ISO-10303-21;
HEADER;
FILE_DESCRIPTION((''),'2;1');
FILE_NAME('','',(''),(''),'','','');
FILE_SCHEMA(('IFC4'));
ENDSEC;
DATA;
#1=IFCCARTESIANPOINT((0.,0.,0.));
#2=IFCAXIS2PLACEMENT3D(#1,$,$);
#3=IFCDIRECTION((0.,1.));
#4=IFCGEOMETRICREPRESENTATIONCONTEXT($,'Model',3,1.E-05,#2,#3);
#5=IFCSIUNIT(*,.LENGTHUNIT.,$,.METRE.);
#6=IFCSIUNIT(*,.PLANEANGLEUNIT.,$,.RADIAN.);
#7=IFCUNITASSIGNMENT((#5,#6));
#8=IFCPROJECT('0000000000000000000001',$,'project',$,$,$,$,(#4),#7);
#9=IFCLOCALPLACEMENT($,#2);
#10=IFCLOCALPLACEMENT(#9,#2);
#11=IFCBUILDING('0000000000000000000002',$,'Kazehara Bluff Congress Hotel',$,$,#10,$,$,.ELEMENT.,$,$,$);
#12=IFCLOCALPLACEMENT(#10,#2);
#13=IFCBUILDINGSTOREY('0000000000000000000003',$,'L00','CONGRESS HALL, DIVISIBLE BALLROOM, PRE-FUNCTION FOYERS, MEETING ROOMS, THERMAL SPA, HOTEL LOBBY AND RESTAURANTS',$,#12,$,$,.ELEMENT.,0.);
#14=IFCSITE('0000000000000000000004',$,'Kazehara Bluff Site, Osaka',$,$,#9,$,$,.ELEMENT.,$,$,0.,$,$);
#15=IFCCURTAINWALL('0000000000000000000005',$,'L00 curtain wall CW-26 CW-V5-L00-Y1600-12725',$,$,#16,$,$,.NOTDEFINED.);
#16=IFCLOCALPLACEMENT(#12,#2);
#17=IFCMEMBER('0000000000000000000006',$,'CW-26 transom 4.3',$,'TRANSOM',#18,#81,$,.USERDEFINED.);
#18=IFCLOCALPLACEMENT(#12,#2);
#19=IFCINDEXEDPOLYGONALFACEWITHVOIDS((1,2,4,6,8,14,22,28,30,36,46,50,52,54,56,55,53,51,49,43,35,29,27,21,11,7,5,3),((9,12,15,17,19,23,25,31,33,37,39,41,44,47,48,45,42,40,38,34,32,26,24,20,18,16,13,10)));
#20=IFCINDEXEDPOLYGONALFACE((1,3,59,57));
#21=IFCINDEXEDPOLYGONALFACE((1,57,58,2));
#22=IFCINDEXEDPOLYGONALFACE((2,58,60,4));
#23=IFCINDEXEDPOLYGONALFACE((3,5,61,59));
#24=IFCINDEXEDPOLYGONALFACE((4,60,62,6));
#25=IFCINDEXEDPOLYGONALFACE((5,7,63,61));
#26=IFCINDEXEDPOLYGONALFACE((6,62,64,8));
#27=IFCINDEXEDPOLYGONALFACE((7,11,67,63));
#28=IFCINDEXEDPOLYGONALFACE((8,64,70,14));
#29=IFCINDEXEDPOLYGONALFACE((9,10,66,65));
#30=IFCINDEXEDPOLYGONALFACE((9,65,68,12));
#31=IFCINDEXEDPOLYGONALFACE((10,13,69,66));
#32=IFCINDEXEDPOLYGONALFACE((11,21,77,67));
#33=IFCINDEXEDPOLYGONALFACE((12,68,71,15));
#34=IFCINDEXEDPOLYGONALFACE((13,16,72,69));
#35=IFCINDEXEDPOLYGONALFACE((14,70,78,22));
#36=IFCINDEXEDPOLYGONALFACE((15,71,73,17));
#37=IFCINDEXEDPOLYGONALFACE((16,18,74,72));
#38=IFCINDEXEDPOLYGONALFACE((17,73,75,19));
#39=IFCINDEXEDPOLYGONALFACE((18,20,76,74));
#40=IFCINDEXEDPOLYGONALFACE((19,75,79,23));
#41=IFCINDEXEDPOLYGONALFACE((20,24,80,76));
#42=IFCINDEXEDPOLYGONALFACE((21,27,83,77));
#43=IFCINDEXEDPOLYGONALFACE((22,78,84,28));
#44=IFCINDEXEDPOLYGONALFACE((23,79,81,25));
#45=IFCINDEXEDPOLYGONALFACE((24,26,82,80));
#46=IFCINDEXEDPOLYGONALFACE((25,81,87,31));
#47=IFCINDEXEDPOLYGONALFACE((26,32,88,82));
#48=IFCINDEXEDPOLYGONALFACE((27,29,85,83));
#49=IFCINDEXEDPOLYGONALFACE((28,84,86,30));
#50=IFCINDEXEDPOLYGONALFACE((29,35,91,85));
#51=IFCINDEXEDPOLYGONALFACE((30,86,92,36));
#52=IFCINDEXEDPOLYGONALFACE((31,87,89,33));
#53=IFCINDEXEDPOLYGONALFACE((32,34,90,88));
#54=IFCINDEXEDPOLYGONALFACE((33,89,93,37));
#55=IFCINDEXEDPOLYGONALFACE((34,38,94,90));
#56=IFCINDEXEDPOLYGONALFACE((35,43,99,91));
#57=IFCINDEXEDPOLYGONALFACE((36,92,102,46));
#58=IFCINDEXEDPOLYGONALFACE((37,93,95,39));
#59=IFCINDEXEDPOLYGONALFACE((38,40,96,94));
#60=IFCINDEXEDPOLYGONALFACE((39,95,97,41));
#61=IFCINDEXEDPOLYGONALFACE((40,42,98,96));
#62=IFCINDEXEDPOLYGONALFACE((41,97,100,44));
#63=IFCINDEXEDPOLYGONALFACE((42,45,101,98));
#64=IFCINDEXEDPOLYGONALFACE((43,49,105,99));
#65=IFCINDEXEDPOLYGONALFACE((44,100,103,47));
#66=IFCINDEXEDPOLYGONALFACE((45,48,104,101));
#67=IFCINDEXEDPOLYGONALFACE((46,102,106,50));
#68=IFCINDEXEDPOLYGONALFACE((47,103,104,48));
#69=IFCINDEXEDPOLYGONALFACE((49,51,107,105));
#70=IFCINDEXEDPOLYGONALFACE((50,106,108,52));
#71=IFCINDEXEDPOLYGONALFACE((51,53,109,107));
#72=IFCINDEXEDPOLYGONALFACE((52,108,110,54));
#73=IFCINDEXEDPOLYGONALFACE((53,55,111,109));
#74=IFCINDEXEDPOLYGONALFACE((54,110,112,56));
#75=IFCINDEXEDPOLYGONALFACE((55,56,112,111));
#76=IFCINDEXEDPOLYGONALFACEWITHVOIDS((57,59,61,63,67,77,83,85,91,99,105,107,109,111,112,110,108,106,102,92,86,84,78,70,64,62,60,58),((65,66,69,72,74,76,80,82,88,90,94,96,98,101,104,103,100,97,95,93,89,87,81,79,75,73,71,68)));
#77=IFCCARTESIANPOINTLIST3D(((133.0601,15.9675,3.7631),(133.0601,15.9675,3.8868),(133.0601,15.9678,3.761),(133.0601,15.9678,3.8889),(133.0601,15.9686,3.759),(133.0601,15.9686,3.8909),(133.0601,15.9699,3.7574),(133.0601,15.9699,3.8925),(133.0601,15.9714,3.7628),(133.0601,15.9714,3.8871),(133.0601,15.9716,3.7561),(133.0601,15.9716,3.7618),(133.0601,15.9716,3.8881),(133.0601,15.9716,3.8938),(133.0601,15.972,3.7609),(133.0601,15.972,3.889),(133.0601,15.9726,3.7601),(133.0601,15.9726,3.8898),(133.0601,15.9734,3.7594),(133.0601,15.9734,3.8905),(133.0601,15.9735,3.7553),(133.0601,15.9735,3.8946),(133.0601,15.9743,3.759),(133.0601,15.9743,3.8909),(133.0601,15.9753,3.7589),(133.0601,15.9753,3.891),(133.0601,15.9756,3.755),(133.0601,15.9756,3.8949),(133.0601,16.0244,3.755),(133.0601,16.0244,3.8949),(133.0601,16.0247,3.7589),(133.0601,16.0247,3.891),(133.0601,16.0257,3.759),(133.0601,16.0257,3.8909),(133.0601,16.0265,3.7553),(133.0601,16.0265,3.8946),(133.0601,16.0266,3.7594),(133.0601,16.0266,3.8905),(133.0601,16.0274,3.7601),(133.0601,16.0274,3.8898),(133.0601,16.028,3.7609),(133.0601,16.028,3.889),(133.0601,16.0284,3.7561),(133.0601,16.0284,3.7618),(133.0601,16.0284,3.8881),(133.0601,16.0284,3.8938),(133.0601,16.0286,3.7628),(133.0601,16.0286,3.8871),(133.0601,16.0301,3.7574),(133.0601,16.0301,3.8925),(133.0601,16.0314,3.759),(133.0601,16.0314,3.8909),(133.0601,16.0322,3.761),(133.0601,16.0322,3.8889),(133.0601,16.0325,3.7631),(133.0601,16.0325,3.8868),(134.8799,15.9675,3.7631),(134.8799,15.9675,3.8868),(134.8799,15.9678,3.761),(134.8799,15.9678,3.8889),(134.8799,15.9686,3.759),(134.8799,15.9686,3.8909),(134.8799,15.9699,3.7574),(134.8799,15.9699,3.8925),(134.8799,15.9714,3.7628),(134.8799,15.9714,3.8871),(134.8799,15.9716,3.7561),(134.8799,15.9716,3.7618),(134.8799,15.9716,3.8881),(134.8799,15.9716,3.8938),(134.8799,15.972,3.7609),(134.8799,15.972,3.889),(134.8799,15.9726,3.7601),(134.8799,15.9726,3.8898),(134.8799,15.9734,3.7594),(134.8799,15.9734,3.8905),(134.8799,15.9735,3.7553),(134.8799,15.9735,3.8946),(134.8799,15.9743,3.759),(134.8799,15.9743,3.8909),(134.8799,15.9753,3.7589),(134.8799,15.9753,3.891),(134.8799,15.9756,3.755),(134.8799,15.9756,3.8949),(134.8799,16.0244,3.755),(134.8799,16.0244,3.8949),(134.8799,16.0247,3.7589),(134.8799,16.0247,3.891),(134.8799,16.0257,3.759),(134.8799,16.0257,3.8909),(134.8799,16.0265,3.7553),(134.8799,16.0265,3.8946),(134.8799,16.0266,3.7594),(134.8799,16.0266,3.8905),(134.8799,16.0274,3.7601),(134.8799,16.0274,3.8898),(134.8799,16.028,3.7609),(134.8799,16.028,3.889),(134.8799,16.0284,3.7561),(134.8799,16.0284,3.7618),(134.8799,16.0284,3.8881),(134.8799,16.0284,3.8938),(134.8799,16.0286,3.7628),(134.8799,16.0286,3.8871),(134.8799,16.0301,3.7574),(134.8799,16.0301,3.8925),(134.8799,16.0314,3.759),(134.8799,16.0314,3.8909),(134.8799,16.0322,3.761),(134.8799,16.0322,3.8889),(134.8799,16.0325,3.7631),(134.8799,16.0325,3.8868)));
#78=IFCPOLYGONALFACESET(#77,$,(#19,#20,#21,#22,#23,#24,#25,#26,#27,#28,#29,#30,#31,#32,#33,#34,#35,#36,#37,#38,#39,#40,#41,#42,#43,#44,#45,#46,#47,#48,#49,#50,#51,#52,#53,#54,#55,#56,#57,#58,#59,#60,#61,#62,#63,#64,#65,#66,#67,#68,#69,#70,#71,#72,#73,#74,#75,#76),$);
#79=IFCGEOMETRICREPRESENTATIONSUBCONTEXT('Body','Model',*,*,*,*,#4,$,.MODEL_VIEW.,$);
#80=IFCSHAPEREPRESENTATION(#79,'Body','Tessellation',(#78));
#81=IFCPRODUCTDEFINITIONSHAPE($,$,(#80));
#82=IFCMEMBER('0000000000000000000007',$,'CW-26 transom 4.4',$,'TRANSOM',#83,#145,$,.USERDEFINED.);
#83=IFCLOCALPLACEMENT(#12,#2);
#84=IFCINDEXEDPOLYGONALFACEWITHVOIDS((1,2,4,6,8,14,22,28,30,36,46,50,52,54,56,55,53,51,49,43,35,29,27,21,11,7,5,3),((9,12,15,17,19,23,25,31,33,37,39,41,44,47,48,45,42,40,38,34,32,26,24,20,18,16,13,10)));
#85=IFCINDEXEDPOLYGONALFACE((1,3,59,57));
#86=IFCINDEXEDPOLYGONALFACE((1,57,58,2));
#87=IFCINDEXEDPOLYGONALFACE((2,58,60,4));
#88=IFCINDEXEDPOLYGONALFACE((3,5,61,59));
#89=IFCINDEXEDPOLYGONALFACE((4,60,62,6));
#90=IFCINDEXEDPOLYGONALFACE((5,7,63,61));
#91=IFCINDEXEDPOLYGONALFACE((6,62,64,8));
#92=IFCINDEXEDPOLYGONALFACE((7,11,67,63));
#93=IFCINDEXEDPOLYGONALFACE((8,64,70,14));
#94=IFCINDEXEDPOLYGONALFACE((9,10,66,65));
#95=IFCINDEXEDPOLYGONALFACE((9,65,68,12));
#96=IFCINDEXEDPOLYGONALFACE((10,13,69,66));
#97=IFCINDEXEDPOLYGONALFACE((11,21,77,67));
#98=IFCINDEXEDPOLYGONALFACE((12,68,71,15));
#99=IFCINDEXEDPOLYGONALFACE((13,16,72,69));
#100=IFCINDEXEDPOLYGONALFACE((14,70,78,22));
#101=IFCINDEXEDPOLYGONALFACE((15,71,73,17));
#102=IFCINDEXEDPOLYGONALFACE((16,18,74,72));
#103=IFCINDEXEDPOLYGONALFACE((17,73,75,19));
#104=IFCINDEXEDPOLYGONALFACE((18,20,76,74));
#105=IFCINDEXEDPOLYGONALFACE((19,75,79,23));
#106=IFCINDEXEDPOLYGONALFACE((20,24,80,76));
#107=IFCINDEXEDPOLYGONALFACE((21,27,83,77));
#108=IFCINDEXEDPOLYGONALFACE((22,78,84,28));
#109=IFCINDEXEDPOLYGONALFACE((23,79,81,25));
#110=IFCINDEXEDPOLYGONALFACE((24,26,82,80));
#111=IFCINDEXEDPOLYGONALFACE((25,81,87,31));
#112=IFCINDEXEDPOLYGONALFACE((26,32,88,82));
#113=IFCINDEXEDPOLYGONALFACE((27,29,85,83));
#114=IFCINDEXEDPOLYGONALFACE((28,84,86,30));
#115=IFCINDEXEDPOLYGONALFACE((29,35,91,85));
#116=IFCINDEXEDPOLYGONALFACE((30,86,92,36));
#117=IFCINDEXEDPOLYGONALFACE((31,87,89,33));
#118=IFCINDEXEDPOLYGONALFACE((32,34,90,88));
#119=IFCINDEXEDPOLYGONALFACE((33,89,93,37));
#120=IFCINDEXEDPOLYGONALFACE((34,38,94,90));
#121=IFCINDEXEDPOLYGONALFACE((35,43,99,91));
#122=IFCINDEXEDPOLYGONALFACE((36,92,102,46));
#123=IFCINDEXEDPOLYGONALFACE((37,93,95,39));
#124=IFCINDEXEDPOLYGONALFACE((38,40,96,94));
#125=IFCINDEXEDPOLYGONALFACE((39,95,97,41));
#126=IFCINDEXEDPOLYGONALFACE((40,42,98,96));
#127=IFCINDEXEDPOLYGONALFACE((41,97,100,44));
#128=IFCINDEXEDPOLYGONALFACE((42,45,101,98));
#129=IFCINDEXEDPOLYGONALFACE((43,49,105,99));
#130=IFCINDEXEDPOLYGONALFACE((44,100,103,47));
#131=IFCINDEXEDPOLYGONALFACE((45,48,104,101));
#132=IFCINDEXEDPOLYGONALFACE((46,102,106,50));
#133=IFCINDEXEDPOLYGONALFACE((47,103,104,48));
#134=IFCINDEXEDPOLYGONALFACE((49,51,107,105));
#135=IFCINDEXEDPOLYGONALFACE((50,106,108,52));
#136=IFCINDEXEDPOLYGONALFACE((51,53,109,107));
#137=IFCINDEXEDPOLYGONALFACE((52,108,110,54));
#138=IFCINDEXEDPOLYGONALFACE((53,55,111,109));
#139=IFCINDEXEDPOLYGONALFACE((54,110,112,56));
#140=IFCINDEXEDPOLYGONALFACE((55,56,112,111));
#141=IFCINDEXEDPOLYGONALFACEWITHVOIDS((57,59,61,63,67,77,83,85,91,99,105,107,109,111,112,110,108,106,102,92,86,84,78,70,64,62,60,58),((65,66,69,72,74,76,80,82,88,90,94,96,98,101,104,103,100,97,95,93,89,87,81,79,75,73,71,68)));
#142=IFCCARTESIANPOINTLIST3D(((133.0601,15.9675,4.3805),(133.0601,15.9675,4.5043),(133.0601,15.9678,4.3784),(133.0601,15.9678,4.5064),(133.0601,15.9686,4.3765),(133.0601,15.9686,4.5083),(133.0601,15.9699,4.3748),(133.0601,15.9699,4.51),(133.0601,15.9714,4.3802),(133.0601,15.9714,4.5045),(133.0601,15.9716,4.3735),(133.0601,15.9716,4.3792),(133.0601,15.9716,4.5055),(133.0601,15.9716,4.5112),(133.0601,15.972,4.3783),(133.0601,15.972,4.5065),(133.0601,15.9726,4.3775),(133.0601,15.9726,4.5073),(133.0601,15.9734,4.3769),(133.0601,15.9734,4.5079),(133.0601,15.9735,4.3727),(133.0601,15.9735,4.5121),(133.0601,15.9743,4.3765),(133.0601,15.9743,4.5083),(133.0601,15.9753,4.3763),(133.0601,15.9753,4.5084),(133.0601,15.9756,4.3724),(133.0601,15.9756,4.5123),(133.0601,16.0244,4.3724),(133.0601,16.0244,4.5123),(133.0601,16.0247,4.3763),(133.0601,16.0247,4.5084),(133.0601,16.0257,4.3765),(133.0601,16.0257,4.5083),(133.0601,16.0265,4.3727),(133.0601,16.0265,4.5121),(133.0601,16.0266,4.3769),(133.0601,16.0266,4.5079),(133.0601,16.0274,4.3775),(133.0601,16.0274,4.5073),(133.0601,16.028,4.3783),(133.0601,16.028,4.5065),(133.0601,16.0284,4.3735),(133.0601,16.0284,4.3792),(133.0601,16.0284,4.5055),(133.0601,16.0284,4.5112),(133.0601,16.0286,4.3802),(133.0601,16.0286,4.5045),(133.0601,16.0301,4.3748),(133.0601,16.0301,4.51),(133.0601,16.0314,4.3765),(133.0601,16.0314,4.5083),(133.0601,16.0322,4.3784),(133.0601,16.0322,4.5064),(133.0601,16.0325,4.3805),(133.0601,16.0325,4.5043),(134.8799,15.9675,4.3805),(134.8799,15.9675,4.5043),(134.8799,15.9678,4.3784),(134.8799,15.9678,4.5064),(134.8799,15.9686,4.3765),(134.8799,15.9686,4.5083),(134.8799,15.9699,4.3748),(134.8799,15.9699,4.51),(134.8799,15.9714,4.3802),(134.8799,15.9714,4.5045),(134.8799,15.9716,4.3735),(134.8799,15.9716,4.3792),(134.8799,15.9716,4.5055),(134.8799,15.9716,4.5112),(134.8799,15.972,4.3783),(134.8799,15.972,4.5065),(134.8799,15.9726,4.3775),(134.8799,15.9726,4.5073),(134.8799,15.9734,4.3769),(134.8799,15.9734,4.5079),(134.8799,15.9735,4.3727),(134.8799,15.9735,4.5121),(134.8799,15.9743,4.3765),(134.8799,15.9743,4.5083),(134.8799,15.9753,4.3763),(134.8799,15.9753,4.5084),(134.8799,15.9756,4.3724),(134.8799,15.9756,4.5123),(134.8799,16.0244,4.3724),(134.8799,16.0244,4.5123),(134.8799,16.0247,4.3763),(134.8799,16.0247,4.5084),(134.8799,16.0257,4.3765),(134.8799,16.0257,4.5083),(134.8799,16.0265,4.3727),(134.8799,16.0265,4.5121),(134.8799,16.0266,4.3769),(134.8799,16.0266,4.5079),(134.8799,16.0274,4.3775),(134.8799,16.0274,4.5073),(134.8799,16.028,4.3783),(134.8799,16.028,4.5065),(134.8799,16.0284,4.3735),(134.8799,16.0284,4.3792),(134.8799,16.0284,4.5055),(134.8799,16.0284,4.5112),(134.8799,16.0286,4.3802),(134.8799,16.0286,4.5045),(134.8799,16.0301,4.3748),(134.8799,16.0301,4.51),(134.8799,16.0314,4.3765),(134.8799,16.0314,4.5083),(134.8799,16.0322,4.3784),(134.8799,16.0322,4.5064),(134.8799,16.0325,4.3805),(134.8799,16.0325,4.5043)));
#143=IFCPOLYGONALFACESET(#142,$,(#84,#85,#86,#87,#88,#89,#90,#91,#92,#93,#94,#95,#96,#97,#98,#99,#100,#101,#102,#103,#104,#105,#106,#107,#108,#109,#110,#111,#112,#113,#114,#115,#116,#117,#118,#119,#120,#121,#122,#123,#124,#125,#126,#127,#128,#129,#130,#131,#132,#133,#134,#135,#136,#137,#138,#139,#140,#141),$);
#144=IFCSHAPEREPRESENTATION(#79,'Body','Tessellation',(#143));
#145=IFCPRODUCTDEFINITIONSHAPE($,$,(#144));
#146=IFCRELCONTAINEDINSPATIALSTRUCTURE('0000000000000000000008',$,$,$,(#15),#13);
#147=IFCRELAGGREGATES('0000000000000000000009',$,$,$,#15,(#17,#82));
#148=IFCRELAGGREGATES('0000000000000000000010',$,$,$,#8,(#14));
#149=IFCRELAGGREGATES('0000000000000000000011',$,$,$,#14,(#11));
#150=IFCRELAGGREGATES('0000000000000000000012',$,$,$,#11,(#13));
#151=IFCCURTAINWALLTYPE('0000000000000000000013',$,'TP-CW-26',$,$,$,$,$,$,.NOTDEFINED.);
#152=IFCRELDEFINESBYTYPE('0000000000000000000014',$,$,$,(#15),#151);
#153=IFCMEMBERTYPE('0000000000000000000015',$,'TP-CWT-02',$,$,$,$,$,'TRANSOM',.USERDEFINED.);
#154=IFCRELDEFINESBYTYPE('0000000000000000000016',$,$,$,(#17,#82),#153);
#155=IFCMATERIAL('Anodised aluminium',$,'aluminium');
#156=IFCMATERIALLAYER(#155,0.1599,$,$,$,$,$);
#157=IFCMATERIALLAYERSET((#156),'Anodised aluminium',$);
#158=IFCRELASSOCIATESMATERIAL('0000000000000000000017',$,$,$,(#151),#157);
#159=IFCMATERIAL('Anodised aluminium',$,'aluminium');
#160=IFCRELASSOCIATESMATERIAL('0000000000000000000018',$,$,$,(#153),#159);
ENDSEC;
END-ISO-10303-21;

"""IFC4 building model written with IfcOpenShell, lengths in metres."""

from ifc_helpers import new_model, si_unit, direction, frame, origin, origin_2d, place, context, subcontext, project, spatial, hollow_rectangle, extrude, material, layer, layer_set, material_profile, profile_set, type_object, element, aggregate, save


model = new_model("IFC4")

# Units and contexts
model_context = context("Model", 3, precision=1e-05, world=origin(), true_north=direction((0.0, 1.0)))
body_context = subcontext(model_context, "Body", "Model", "MODEL_VIEW")
ifc_project = project(units=[si_unit("LENGTHUNIT", "METRE"), si_unit("PLANEANGLEUNIT", "RADIAN")], contexts=[model_context])

# Site, building, storey
site_placement = place(None, origin())
site = spatial("IfcSite", under=ifc_project, at=site_placement, Name="Kazehara Bluff Site, Osaka", CompositionType="ELEMENT", RefElevation=0.0)
building_placement = place(site_placement, origin())
building = spatial("IfcBuilding", under=site, at=building_placement, Name="Kazehara Bluff Congress Hotel", CompositionType="ELEMENT")
storey_placement = place(building_placement, origin())
storey = spatial("IfcBuildingStorey", under=building, at=storey_placement, Name="L00", Description="CONGRESS HALL, DIVISIBLE BALLROOM, PRE-FUNCTION FOYERS, MEETING ROOMS, THERMAL SPA, HOTEL LOBBY AND RESTAURANTS", CompositionType="ELEMENT", Elevation=0.0)

# Curtain wall
ifc_material_1 = material(Name="Anodised aluminium", Category="aluminium")
ifc_layer_1 = layer(ifc_material_1, 0.1599)
ifc_layer_set_1 = layer_set([ifc_layer_1], Name="Anodised aluminium")
curtain_wall_type_1 = type_object("IfcCurtainWallType", Name="TP-CW-26", PredefinedType="NOTDEFINED", material=ifc_layer_set_1)
curtain_wall_1_placement = place(storey_placement, origin())
curtain_wall_1 = element("IfcCurtainWall", 1, at=curtain_wall_1_placement, inside=storey, type_object=curtain_wall_type_1, Name="L00 curtain wall CW-26 CW-V5-L00-Y1600-12725", PredefinedType="NOTDEFINED")

# Members
ifc_material_2 = material(Name="Anodised aluminium", Category="aluminium")
ifc_material_profile_1 = material_profile(ifc_material_2, hollow_rectangle(XDim=0.0649, YDim=0.1399, WallThickness=0.0039, InnerFilletRadius=0.0039, OuterFilletRadius=0.0081, at=origin_2d()))
ifc_profile_set_1 = profile_set([ifc_material_profile_1], Name="Anodised aluminium")
member_type_1 = type_object("IfcMemberType", Name="TP-CWT-02", ElementType="TRANSOM", PredefinedType="USERDEFINED", material=ifc_profile_set_1)
member_1_placement = place(storey_placement, frame((133.0601, 16.0, 3.825), z_axis=(1.0, 0.0, 0.0), x_axis=(0.0, 1.0, 0.0)))
member_1 = element("IfcMember", 2, at=member_1_placement, type_object=member_type_1, Name="CW-26 transom 4.3", ObjectType="TRANSOM", PredefinedType="USERDEFINED", context=body_context, shape_type="SweptSolid", body=[
    extrude(hollow_rectangle(XDim=0.0649, YDim=0.1399, WallThickness=0.0039, InnerFilletRadius=0.0039, OuterFilletRadius=0.0081, at=origin_2d()), origin(), (0.0, 0.0, 1.0), 1.8198),
])
member_2_placement = place(storey_placement, frame((133.0601, 16.0, 4.4424), z_axis=(1.0, 0.0, 0.0), x_axis=(0.0, 1.0, 0.0)))
member_2 = element("IfcMember", 3, at=member_2_placement, type_object=member_type_1, Name="CW-26 transom 4.4", ObjectType="TRANSOM", PredefinedType="USERDEFINED", context=body_context, shape_type="SweptSolid", body=[
    extrude(hollow_rectangle(XDim=0.0649, YDim=0.1399, WallThickness=0.0039, InnerFilletRadius=0.0039, OuterFilletRadius=0.0081, at=origin_2d()), origin(), (0.0, 0.0, 1.0), 1.8198),
])

aggregate(curtain_wall_1, [member_1, member_2])

save(model, "model.ifc")
